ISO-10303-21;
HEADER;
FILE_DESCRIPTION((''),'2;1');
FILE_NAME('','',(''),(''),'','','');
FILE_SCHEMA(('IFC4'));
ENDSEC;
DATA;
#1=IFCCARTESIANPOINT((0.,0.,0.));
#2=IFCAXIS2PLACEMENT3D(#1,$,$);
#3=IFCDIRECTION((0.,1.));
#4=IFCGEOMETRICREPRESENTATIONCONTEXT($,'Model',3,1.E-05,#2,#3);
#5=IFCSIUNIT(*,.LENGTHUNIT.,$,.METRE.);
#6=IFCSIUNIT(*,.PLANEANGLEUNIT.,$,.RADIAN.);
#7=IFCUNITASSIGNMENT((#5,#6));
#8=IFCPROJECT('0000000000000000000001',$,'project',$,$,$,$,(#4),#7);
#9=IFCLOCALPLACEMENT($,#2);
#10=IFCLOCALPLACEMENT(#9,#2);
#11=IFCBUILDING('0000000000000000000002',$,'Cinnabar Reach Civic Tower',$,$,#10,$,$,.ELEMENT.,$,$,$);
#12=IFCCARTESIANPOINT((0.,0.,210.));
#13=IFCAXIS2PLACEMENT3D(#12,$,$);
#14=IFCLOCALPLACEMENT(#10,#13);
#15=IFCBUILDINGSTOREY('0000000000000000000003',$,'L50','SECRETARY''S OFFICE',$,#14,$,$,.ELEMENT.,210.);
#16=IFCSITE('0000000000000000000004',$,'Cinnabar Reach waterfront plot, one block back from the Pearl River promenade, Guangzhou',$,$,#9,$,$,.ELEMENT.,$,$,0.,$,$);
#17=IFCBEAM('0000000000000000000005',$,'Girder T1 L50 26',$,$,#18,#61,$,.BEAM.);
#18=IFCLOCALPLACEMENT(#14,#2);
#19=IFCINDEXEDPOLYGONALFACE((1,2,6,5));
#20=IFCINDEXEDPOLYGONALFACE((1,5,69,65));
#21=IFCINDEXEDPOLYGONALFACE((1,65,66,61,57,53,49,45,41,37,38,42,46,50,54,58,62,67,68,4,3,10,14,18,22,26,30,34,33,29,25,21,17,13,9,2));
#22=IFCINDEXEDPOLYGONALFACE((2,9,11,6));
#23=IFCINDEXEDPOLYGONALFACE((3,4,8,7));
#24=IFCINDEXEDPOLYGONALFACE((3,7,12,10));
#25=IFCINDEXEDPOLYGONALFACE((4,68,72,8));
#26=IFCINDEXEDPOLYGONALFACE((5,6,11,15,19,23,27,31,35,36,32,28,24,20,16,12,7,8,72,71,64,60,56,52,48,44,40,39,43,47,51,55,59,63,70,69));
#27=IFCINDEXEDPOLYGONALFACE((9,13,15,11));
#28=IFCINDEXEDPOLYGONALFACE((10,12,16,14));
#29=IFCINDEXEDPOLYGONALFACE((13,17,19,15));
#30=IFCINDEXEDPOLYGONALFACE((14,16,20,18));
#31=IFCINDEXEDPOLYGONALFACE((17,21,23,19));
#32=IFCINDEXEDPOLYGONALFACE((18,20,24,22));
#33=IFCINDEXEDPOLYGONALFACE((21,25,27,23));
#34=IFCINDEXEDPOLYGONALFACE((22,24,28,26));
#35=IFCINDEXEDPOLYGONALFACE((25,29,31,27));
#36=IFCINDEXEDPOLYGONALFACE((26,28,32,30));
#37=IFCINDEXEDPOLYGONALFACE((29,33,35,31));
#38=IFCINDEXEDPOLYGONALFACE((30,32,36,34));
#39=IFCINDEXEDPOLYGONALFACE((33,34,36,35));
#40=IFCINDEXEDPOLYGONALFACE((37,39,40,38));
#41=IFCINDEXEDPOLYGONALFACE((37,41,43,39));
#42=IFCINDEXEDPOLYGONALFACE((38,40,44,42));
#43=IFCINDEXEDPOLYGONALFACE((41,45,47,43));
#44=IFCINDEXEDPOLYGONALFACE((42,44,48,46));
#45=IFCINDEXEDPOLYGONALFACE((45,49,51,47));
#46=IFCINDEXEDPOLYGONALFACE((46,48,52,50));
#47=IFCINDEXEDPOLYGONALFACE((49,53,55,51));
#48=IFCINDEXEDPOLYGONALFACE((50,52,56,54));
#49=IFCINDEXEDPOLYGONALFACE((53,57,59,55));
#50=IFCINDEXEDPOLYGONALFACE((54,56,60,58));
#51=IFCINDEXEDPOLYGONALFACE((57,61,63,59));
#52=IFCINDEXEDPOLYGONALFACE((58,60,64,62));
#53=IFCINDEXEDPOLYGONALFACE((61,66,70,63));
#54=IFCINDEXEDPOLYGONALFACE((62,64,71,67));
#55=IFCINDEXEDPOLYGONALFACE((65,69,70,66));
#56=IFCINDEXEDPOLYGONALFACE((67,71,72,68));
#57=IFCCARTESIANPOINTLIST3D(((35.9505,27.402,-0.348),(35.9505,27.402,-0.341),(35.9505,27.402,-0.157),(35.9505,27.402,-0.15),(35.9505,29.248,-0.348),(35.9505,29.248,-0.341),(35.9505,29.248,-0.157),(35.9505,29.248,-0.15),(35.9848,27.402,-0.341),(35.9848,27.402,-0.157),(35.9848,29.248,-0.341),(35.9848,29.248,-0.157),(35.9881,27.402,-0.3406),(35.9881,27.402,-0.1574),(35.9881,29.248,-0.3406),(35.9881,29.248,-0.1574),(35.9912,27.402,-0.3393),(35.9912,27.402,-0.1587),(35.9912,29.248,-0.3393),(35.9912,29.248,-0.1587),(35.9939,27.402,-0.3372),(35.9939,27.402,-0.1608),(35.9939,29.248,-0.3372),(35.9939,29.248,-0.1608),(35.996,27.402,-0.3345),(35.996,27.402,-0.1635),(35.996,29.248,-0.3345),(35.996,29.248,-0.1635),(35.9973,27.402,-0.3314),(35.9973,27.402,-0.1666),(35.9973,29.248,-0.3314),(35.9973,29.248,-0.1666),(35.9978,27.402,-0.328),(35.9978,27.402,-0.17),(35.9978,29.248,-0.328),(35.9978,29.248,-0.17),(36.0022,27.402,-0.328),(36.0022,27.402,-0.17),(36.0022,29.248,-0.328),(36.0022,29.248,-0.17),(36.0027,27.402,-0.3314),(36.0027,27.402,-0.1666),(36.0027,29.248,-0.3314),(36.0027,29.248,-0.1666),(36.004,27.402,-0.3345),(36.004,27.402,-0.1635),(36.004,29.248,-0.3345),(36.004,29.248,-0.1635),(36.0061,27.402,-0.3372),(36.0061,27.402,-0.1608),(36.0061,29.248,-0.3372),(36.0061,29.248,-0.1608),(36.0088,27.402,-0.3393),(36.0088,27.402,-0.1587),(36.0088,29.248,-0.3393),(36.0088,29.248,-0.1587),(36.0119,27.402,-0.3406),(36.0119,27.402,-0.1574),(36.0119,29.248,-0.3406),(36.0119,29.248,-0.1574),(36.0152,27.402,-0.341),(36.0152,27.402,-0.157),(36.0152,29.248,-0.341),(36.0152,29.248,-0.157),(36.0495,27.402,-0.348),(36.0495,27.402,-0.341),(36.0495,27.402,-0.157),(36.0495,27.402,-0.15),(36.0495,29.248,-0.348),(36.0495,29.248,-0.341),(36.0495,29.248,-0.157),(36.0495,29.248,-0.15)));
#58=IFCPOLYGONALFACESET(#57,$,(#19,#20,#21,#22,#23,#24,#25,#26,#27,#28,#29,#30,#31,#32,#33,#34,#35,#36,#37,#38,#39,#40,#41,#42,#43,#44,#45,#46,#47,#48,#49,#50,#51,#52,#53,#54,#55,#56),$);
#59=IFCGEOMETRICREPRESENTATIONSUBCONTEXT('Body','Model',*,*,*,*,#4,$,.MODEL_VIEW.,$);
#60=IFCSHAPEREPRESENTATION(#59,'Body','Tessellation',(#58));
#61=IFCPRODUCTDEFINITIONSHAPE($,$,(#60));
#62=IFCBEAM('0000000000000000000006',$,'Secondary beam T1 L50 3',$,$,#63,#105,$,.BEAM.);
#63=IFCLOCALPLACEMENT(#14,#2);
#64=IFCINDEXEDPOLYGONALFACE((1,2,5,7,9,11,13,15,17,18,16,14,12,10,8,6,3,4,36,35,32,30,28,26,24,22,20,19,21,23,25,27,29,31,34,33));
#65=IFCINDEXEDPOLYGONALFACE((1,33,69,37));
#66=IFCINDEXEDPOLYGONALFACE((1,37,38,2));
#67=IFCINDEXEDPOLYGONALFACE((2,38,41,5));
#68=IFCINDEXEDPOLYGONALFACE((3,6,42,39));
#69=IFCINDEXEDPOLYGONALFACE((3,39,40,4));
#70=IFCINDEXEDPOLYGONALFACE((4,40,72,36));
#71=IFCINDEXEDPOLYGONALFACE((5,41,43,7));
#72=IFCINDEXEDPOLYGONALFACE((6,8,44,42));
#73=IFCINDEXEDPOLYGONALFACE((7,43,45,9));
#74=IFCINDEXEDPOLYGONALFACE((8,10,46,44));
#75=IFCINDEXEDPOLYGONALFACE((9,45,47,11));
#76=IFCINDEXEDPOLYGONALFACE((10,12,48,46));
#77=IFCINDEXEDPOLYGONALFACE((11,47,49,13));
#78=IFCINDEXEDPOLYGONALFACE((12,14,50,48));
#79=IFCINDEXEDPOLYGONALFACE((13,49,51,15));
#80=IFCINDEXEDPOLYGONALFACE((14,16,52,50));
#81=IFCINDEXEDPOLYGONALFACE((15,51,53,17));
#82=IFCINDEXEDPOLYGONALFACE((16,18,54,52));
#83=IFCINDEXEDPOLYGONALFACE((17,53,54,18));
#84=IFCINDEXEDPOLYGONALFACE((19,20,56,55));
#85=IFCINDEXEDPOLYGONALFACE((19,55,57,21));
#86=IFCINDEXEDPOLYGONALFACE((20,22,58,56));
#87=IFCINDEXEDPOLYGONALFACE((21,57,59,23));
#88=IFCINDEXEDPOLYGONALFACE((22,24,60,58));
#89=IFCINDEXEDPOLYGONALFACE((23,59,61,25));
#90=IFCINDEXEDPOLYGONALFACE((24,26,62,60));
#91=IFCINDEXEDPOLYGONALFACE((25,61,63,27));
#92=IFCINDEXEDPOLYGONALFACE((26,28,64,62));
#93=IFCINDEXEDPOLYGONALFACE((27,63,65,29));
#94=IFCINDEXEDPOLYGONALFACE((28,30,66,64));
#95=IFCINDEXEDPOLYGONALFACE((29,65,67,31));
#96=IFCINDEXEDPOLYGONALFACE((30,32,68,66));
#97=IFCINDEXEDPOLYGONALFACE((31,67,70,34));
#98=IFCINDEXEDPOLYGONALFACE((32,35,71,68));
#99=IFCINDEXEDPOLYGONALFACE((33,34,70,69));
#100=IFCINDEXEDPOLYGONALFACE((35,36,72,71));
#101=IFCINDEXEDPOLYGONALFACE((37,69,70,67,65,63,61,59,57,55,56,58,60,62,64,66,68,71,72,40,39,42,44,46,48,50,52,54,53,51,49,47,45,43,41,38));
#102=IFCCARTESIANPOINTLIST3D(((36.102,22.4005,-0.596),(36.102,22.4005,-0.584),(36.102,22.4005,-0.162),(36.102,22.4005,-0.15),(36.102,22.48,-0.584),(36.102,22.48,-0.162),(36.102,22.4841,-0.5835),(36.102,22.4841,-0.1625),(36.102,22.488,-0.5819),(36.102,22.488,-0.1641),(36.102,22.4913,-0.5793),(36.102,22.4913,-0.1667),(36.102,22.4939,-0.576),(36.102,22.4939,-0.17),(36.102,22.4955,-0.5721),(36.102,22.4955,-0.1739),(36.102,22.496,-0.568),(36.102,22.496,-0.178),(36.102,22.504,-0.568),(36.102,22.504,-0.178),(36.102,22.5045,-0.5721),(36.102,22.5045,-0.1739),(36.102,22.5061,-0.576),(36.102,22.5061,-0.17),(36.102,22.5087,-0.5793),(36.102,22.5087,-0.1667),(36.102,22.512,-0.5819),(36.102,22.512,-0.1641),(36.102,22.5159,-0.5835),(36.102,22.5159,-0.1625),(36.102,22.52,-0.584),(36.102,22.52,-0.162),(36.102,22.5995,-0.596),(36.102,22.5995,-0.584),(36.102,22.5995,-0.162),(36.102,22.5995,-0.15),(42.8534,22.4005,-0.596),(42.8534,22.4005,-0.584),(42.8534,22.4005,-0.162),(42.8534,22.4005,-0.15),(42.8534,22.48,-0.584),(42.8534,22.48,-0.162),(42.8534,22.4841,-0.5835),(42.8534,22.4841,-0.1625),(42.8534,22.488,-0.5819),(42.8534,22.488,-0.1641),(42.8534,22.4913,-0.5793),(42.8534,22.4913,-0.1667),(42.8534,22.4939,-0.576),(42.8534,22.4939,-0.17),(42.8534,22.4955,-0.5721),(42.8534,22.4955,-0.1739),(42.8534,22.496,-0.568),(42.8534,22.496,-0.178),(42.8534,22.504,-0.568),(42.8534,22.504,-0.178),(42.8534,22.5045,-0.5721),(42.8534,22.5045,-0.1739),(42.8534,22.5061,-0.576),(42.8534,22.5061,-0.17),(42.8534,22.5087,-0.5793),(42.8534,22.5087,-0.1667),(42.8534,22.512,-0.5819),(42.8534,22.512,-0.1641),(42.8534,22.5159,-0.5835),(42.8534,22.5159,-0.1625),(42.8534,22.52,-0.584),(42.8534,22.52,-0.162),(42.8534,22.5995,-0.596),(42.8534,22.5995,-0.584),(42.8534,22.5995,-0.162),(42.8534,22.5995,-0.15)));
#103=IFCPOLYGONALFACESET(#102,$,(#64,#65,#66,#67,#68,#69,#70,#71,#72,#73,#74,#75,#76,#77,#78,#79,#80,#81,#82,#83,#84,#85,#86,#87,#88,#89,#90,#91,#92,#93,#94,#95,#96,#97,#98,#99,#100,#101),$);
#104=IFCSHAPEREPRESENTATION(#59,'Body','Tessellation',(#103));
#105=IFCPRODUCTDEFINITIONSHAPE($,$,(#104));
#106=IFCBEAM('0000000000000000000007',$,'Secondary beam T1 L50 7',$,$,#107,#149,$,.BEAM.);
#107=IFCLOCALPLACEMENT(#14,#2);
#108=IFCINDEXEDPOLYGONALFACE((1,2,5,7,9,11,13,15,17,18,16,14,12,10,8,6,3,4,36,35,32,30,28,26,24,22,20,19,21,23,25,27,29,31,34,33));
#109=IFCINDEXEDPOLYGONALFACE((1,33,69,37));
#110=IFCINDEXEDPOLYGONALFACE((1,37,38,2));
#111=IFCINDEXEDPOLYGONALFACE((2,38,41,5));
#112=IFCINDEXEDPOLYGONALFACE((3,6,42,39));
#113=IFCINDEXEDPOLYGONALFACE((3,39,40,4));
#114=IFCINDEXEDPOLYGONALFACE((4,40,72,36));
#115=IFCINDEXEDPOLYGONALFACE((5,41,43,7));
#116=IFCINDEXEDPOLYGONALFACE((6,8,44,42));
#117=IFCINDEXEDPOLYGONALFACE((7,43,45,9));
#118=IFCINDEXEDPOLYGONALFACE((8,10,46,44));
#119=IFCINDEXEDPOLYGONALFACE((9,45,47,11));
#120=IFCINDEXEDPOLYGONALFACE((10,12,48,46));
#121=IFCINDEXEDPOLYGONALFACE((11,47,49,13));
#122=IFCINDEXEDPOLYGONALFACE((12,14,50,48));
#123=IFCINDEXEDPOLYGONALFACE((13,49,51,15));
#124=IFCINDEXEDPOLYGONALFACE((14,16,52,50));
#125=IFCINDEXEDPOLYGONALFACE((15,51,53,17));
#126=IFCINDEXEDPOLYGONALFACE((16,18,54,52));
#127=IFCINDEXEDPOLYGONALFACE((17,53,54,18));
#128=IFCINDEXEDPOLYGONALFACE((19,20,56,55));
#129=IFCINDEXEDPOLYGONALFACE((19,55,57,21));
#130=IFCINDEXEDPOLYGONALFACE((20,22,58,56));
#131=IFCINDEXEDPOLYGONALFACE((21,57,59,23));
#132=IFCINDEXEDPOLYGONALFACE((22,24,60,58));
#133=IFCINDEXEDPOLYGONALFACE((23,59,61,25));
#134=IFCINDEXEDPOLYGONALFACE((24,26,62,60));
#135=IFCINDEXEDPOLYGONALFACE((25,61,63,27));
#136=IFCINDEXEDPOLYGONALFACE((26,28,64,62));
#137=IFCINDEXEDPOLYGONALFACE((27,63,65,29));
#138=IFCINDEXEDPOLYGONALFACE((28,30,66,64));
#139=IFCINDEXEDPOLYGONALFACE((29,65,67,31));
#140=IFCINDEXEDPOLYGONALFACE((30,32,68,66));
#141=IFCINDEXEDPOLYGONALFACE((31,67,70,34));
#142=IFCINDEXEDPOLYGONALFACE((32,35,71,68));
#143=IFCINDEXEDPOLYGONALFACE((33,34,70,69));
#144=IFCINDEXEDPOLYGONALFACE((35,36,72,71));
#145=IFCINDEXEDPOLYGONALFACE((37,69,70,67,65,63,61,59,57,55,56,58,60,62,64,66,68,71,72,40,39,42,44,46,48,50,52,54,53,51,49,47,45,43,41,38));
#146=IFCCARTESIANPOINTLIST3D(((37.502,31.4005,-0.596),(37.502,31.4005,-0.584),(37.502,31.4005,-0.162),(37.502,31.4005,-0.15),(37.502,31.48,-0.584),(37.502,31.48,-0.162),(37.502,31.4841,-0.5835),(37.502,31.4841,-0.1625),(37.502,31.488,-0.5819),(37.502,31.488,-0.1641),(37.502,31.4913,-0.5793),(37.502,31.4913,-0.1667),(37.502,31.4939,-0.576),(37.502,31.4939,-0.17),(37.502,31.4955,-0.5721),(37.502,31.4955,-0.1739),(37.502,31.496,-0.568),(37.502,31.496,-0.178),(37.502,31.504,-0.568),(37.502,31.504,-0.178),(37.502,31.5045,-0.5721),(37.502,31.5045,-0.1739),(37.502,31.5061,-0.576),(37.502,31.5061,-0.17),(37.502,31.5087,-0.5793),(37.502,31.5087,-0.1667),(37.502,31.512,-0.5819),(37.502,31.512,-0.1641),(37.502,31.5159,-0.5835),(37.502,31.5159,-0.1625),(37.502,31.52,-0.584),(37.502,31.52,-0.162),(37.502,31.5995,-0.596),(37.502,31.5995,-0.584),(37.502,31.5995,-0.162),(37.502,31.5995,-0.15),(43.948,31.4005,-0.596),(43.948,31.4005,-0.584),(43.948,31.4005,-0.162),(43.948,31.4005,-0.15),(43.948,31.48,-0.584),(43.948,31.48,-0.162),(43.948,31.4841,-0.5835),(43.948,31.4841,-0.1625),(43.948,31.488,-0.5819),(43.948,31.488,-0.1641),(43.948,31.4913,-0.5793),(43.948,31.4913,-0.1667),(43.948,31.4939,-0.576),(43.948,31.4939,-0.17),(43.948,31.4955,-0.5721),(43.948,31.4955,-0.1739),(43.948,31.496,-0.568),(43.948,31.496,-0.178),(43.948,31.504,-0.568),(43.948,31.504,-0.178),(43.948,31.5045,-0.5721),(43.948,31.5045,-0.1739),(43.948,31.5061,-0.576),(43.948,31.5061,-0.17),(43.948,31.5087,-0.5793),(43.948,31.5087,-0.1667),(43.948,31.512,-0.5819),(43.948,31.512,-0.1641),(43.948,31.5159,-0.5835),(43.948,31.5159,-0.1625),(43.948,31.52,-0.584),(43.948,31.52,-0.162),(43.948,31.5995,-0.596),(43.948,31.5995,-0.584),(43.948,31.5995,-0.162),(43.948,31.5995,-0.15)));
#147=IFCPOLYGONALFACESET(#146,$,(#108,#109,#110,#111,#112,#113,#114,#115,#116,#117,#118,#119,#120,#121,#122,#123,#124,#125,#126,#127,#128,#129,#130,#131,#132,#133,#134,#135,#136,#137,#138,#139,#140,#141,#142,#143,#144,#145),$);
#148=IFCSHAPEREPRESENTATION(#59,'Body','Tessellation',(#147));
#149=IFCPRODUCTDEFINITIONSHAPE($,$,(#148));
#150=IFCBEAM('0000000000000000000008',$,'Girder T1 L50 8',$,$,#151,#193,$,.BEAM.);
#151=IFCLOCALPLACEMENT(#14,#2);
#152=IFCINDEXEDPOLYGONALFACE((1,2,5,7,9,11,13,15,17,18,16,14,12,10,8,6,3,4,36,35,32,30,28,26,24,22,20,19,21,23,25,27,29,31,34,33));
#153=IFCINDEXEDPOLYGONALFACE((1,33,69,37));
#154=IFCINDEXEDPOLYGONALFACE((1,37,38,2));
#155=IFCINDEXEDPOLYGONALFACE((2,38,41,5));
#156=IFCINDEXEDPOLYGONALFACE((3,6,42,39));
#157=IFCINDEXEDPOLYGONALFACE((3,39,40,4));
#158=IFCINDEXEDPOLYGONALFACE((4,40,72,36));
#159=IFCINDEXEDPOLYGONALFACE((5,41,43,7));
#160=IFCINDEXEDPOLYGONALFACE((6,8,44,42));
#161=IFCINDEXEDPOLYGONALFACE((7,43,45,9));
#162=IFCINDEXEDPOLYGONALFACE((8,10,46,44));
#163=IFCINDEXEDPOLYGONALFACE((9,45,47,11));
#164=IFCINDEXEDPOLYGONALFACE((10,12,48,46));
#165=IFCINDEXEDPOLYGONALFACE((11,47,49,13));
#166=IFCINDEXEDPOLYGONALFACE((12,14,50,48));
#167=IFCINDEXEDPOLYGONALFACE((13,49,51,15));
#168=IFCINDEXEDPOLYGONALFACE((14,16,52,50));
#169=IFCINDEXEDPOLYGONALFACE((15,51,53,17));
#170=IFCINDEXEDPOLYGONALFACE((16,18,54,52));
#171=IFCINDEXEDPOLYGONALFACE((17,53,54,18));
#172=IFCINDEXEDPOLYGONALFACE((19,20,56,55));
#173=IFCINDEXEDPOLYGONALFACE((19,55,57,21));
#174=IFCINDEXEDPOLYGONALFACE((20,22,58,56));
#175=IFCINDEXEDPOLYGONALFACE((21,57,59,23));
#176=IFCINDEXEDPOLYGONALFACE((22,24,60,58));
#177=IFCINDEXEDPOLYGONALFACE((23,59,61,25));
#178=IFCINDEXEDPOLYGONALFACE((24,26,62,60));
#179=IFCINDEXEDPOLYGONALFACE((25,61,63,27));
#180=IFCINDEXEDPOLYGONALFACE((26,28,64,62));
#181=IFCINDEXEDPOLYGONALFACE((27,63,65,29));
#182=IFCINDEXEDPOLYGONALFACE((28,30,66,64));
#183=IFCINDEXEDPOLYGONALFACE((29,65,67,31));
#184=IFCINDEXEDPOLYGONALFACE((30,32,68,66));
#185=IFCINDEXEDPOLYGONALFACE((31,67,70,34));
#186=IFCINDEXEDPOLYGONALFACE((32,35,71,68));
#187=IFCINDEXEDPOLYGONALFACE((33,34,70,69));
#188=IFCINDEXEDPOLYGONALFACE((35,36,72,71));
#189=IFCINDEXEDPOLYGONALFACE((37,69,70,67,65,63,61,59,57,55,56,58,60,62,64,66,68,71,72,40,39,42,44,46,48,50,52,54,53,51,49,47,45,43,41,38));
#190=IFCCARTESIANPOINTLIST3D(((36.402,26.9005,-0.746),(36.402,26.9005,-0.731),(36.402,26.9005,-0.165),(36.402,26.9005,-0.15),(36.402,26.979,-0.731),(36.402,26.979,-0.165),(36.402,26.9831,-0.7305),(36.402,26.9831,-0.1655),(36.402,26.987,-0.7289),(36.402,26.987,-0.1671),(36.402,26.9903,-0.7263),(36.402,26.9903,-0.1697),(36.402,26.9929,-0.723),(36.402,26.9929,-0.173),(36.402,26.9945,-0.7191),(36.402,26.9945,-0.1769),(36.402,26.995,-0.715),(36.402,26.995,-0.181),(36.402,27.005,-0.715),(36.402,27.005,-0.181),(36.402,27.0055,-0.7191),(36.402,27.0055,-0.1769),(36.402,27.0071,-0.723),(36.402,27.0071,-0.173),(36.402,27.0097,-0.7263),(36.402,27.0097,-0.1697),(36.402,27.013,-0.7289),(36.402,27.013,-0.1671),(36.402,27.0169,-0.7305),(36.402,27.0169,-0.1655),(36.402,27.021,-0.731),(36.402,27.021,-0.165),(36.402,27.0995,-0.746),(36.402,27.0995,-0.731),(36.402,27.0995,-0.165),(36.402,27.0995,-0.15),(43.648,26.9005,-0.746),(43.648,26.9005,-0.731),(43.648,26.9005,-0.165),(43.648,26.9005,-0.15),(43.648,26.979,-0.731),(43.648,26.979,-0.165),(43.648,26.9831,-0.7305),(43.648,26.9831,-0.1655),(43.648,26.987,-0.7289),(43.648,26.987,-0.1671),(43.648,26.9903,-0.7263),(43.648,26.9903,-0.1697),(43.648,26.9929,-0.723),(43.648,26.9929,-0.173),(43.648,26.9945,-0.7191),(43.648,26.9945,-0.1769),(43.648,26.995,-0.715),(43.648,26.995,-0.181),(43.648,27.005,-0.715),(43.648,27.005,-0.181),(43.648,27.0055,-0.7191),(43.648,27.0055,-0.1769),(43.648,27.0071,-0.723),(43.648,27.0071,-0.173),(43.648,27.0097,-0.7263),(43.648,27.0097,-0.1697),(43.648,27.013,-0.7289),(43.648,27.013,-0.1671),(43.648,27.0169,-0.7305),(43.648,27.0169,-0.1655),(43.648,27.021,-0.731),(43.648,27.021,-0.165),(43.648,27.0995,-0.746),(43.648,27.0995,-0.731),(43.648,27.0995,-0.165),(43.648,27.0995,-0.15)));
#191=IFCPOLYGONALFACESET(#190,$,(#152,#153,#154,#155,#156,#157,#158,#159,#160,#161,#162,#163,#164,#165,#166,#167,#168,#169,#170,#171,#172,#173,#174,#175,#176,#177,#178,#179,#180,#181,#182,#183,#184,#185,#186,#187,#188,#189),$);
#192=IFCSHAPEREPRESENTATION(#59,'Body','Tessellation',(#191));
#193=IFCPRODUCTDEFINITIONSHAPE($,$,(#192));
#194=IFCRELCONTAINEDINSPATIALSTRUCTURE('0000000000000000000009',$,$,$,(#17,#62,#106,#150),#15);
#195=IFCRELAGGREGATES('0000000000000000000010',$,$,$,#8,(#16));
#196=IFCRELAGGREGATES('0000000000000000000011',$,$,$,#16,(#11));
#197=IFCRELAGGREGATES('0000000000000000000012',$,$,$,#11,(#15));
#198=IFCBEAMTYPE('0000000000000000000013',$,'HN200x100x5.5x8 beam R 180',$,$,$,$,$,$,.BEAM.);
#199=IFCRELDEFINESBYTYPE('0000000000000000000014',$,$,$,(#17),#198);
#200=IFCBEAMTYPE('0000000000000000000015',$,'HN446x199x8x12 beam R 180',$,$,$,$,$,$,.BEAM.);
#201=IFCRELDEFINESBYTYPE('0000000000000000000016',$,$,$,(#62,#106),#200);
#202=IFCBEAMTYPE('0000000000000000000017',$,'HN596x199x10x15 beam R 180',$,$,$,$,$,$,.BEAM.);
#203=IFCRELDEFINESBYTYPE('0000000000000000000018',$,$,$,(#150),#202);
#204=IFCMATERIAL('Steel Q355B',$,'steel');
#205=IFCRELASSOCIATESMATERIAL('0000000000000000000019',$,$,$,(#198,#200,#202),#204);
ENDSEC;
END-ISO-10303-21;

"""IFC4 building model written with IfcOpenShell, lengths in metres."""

from ifc_helpers import new_model, si_unit, direction, frame, origin, origin_2d, place, context, subcontext, project, spatial, i_section, extrude, material, material_profile, profile_set, type_object, element, save


model = new_model("IFC4")

# Units and contexts
model_context = context("Model", 3, precision=1e-05, world=origin(), true_north=direction((0.0, 1.0)))
body_context = subcontext(model_context, "Body", "Model", "MODEL_VIEW")
ifc_project = project(units=[si_unit("LENGTHUNIT", "METRE"), si_unit("PLANEANGLEUNIT", "RADIAN")], contexts=[model_context])

# Site, building, storey
site_placement = place(None, origin())
site = spatial("IfcSite", under=ifc_project, at=site_placement, Name="Cinnabar Reach waterfront plot, one block back from the Pearl River promenade, Guangzhou", CompositionType="ELEMENT", RefElevation=0.0)
building_placement = place(site_placement, origin())
building = spatial("IfcBuilding", under=site, at=building_placement, Name="Cinnabar Reach Civic Tower", CompositionType="ELEMENT")
storey_placement = place(building_placement, frame((0.0, 0.0, 210.0)))
storey = spatial("IfcBuildingStorey", under=building, at=storey_placement, Name="L50", Description="SECRETARY'S OFFICE", CompositionType="ELEMENT", Elevation=210.0)

# Beams
ifc_material_1 = material(Name="Steel Q355B", Category="steel")
ifc_material_profile_1 = material_profile(ifc_material_1, i_section(OverallWidth=0.099, OverallDepth=0.198, WebThickness=0.0045, FlangeThickness=0.007, FilletRadius=0.013, at=origin_2d()), Name="HN200x100x5.5x8")
ifc_profile_set_1 = profile_set([ifc_material_profile_1], Name="Steel Q355B")
beam_type_1 = type_object("IfcBeamType", Name="HN200x100x5.5x8 beam R 180", PredefinedType="BEAM", material=ifc_profile_set_1)
beam_1_placement = place(storey_placement, frame((36.0, 27.402, -0.249), z_axis=(0.0, 1.0, 0.0), x_axis=(-1.0, 0.0, 0.0)))
element("IfcBeam", 1, at=beam_1_placement, inside=storey, type_object=beam_type_1, Name="Girder T1 L50 26", PredefinedType="BEAM", context=body_context, shape_type="SweptSolid", body=[
    extrude(i_section(OverallWidth=0.099, OverallDepth=0.198, WebThickness=0.0045, FlangeThickness=0.007, FilletRadius=0.013, at=origin_2d()), origin(), (0.0, 0.0, 1.0), 1.846),
])
ifc_material_profile_2 = material_profile(ifc_material_1, i_section(OverallWidth=0.199, OverallDepth=0.446, WebThickness=0.008, FlangeThickness=0.012, FilletRadius=0.016, at=origin_2d()), Name="HN446x199x8x12")
ifc_profile_set_2 = profile_set([ifc_material_profile_2], Name="Steel Q355B")
beam_type_2 = type_object("IfcBeamType", Name="HN446x199x8x12 beam R 180", PredefinedType="BEAM", material=ifc_profile_set_2)
beam_2_placement = place(storey_placement, frame((36.102, 22.5, -0.373), z_axis=(1.0, 0.0, 0.0), x_axis=(0.0, 1.0, 0.0)))
element("IfcBeam", 2, at=beam_2_placement, inside=storey, type_object=beam_type_2, Name="Secondary beam T1 L50 3", PredefinedType="BEAM", context=body_context, shape_type="SweptSolid", body=[
    extrude(i_section(OverallWidth=0.199, OverallDepth=0.446, WebThickness=0.008, FlangeThickness=0.012, FilletRadius=0.016, at=origin_2d()), origin(), (0.0, 0.0, 1.0), 6.7514),
])
beam_3_placement = place(storey_placement, frame((37.502, 31.5, -0.373), z_axis=(1.0, 0.0, 0.0), x_axis=(0.0, 1.0, 0.0)))
element("IfcBeam", 3, at=beam_3_placement, inside=storey, type_object=beam_type_2, Name="Secondary beam T1 L50 7", PredefinedType="BEAM", context=body_context, shape_type="SweptSolid", body=[
    extrude(i_section(OverallWidth=0.199, OverallDepth=0.446, WebThickness=0.008, FlangeThickness=0.012, FilletRadius=0.016, at=origin_2d()), origin(), (0.0, 0.0, 1.0), 6.446),
])
ifc_material_profile_3 = material_profile(ifc_material_1, i_section(OverallWidth=0.199, OverallDepth=0.596, WebThickness=0.01, FlangeThickness=0.015, FilletRadius=0.016, at=origin_2d()), Name="HN596x199x10x15")
ifc_profile_set_3 = profile_set([ifc_material_profile_3], Name="Steel Q355B")
beam_type_3 = type_object("IfcBeamType", Name="HN596x199x10x15 beam R 180", PredefinedType="BEAM", material=ifc_profile_set_3)
beam_4_placement = place(storey_placement, frame((36.402, 27.0, -0.448), z_axis=(1.0, 0.0, 0.0), x_axis=(0.0, 1.0, 0.0)))
element("IfcBeam", 4, at=beam_4_placement, inside=storey, type_object=beam_type_3, Name="Girder T1 L50 8", PredefinedType="BEAM", context=body_context, shape_type="SweptSolid", body=[
    extrude(i_section(OverallWidth=0.199, OverallDepth=0.596, WebThickness=0.01, FlangeThickness=0.015, FilletRadius=0.016, at=origin_2d()), origin(), (0.0, 0.0, 1.0), 7.246),
])

save(model, "model.ifc")
